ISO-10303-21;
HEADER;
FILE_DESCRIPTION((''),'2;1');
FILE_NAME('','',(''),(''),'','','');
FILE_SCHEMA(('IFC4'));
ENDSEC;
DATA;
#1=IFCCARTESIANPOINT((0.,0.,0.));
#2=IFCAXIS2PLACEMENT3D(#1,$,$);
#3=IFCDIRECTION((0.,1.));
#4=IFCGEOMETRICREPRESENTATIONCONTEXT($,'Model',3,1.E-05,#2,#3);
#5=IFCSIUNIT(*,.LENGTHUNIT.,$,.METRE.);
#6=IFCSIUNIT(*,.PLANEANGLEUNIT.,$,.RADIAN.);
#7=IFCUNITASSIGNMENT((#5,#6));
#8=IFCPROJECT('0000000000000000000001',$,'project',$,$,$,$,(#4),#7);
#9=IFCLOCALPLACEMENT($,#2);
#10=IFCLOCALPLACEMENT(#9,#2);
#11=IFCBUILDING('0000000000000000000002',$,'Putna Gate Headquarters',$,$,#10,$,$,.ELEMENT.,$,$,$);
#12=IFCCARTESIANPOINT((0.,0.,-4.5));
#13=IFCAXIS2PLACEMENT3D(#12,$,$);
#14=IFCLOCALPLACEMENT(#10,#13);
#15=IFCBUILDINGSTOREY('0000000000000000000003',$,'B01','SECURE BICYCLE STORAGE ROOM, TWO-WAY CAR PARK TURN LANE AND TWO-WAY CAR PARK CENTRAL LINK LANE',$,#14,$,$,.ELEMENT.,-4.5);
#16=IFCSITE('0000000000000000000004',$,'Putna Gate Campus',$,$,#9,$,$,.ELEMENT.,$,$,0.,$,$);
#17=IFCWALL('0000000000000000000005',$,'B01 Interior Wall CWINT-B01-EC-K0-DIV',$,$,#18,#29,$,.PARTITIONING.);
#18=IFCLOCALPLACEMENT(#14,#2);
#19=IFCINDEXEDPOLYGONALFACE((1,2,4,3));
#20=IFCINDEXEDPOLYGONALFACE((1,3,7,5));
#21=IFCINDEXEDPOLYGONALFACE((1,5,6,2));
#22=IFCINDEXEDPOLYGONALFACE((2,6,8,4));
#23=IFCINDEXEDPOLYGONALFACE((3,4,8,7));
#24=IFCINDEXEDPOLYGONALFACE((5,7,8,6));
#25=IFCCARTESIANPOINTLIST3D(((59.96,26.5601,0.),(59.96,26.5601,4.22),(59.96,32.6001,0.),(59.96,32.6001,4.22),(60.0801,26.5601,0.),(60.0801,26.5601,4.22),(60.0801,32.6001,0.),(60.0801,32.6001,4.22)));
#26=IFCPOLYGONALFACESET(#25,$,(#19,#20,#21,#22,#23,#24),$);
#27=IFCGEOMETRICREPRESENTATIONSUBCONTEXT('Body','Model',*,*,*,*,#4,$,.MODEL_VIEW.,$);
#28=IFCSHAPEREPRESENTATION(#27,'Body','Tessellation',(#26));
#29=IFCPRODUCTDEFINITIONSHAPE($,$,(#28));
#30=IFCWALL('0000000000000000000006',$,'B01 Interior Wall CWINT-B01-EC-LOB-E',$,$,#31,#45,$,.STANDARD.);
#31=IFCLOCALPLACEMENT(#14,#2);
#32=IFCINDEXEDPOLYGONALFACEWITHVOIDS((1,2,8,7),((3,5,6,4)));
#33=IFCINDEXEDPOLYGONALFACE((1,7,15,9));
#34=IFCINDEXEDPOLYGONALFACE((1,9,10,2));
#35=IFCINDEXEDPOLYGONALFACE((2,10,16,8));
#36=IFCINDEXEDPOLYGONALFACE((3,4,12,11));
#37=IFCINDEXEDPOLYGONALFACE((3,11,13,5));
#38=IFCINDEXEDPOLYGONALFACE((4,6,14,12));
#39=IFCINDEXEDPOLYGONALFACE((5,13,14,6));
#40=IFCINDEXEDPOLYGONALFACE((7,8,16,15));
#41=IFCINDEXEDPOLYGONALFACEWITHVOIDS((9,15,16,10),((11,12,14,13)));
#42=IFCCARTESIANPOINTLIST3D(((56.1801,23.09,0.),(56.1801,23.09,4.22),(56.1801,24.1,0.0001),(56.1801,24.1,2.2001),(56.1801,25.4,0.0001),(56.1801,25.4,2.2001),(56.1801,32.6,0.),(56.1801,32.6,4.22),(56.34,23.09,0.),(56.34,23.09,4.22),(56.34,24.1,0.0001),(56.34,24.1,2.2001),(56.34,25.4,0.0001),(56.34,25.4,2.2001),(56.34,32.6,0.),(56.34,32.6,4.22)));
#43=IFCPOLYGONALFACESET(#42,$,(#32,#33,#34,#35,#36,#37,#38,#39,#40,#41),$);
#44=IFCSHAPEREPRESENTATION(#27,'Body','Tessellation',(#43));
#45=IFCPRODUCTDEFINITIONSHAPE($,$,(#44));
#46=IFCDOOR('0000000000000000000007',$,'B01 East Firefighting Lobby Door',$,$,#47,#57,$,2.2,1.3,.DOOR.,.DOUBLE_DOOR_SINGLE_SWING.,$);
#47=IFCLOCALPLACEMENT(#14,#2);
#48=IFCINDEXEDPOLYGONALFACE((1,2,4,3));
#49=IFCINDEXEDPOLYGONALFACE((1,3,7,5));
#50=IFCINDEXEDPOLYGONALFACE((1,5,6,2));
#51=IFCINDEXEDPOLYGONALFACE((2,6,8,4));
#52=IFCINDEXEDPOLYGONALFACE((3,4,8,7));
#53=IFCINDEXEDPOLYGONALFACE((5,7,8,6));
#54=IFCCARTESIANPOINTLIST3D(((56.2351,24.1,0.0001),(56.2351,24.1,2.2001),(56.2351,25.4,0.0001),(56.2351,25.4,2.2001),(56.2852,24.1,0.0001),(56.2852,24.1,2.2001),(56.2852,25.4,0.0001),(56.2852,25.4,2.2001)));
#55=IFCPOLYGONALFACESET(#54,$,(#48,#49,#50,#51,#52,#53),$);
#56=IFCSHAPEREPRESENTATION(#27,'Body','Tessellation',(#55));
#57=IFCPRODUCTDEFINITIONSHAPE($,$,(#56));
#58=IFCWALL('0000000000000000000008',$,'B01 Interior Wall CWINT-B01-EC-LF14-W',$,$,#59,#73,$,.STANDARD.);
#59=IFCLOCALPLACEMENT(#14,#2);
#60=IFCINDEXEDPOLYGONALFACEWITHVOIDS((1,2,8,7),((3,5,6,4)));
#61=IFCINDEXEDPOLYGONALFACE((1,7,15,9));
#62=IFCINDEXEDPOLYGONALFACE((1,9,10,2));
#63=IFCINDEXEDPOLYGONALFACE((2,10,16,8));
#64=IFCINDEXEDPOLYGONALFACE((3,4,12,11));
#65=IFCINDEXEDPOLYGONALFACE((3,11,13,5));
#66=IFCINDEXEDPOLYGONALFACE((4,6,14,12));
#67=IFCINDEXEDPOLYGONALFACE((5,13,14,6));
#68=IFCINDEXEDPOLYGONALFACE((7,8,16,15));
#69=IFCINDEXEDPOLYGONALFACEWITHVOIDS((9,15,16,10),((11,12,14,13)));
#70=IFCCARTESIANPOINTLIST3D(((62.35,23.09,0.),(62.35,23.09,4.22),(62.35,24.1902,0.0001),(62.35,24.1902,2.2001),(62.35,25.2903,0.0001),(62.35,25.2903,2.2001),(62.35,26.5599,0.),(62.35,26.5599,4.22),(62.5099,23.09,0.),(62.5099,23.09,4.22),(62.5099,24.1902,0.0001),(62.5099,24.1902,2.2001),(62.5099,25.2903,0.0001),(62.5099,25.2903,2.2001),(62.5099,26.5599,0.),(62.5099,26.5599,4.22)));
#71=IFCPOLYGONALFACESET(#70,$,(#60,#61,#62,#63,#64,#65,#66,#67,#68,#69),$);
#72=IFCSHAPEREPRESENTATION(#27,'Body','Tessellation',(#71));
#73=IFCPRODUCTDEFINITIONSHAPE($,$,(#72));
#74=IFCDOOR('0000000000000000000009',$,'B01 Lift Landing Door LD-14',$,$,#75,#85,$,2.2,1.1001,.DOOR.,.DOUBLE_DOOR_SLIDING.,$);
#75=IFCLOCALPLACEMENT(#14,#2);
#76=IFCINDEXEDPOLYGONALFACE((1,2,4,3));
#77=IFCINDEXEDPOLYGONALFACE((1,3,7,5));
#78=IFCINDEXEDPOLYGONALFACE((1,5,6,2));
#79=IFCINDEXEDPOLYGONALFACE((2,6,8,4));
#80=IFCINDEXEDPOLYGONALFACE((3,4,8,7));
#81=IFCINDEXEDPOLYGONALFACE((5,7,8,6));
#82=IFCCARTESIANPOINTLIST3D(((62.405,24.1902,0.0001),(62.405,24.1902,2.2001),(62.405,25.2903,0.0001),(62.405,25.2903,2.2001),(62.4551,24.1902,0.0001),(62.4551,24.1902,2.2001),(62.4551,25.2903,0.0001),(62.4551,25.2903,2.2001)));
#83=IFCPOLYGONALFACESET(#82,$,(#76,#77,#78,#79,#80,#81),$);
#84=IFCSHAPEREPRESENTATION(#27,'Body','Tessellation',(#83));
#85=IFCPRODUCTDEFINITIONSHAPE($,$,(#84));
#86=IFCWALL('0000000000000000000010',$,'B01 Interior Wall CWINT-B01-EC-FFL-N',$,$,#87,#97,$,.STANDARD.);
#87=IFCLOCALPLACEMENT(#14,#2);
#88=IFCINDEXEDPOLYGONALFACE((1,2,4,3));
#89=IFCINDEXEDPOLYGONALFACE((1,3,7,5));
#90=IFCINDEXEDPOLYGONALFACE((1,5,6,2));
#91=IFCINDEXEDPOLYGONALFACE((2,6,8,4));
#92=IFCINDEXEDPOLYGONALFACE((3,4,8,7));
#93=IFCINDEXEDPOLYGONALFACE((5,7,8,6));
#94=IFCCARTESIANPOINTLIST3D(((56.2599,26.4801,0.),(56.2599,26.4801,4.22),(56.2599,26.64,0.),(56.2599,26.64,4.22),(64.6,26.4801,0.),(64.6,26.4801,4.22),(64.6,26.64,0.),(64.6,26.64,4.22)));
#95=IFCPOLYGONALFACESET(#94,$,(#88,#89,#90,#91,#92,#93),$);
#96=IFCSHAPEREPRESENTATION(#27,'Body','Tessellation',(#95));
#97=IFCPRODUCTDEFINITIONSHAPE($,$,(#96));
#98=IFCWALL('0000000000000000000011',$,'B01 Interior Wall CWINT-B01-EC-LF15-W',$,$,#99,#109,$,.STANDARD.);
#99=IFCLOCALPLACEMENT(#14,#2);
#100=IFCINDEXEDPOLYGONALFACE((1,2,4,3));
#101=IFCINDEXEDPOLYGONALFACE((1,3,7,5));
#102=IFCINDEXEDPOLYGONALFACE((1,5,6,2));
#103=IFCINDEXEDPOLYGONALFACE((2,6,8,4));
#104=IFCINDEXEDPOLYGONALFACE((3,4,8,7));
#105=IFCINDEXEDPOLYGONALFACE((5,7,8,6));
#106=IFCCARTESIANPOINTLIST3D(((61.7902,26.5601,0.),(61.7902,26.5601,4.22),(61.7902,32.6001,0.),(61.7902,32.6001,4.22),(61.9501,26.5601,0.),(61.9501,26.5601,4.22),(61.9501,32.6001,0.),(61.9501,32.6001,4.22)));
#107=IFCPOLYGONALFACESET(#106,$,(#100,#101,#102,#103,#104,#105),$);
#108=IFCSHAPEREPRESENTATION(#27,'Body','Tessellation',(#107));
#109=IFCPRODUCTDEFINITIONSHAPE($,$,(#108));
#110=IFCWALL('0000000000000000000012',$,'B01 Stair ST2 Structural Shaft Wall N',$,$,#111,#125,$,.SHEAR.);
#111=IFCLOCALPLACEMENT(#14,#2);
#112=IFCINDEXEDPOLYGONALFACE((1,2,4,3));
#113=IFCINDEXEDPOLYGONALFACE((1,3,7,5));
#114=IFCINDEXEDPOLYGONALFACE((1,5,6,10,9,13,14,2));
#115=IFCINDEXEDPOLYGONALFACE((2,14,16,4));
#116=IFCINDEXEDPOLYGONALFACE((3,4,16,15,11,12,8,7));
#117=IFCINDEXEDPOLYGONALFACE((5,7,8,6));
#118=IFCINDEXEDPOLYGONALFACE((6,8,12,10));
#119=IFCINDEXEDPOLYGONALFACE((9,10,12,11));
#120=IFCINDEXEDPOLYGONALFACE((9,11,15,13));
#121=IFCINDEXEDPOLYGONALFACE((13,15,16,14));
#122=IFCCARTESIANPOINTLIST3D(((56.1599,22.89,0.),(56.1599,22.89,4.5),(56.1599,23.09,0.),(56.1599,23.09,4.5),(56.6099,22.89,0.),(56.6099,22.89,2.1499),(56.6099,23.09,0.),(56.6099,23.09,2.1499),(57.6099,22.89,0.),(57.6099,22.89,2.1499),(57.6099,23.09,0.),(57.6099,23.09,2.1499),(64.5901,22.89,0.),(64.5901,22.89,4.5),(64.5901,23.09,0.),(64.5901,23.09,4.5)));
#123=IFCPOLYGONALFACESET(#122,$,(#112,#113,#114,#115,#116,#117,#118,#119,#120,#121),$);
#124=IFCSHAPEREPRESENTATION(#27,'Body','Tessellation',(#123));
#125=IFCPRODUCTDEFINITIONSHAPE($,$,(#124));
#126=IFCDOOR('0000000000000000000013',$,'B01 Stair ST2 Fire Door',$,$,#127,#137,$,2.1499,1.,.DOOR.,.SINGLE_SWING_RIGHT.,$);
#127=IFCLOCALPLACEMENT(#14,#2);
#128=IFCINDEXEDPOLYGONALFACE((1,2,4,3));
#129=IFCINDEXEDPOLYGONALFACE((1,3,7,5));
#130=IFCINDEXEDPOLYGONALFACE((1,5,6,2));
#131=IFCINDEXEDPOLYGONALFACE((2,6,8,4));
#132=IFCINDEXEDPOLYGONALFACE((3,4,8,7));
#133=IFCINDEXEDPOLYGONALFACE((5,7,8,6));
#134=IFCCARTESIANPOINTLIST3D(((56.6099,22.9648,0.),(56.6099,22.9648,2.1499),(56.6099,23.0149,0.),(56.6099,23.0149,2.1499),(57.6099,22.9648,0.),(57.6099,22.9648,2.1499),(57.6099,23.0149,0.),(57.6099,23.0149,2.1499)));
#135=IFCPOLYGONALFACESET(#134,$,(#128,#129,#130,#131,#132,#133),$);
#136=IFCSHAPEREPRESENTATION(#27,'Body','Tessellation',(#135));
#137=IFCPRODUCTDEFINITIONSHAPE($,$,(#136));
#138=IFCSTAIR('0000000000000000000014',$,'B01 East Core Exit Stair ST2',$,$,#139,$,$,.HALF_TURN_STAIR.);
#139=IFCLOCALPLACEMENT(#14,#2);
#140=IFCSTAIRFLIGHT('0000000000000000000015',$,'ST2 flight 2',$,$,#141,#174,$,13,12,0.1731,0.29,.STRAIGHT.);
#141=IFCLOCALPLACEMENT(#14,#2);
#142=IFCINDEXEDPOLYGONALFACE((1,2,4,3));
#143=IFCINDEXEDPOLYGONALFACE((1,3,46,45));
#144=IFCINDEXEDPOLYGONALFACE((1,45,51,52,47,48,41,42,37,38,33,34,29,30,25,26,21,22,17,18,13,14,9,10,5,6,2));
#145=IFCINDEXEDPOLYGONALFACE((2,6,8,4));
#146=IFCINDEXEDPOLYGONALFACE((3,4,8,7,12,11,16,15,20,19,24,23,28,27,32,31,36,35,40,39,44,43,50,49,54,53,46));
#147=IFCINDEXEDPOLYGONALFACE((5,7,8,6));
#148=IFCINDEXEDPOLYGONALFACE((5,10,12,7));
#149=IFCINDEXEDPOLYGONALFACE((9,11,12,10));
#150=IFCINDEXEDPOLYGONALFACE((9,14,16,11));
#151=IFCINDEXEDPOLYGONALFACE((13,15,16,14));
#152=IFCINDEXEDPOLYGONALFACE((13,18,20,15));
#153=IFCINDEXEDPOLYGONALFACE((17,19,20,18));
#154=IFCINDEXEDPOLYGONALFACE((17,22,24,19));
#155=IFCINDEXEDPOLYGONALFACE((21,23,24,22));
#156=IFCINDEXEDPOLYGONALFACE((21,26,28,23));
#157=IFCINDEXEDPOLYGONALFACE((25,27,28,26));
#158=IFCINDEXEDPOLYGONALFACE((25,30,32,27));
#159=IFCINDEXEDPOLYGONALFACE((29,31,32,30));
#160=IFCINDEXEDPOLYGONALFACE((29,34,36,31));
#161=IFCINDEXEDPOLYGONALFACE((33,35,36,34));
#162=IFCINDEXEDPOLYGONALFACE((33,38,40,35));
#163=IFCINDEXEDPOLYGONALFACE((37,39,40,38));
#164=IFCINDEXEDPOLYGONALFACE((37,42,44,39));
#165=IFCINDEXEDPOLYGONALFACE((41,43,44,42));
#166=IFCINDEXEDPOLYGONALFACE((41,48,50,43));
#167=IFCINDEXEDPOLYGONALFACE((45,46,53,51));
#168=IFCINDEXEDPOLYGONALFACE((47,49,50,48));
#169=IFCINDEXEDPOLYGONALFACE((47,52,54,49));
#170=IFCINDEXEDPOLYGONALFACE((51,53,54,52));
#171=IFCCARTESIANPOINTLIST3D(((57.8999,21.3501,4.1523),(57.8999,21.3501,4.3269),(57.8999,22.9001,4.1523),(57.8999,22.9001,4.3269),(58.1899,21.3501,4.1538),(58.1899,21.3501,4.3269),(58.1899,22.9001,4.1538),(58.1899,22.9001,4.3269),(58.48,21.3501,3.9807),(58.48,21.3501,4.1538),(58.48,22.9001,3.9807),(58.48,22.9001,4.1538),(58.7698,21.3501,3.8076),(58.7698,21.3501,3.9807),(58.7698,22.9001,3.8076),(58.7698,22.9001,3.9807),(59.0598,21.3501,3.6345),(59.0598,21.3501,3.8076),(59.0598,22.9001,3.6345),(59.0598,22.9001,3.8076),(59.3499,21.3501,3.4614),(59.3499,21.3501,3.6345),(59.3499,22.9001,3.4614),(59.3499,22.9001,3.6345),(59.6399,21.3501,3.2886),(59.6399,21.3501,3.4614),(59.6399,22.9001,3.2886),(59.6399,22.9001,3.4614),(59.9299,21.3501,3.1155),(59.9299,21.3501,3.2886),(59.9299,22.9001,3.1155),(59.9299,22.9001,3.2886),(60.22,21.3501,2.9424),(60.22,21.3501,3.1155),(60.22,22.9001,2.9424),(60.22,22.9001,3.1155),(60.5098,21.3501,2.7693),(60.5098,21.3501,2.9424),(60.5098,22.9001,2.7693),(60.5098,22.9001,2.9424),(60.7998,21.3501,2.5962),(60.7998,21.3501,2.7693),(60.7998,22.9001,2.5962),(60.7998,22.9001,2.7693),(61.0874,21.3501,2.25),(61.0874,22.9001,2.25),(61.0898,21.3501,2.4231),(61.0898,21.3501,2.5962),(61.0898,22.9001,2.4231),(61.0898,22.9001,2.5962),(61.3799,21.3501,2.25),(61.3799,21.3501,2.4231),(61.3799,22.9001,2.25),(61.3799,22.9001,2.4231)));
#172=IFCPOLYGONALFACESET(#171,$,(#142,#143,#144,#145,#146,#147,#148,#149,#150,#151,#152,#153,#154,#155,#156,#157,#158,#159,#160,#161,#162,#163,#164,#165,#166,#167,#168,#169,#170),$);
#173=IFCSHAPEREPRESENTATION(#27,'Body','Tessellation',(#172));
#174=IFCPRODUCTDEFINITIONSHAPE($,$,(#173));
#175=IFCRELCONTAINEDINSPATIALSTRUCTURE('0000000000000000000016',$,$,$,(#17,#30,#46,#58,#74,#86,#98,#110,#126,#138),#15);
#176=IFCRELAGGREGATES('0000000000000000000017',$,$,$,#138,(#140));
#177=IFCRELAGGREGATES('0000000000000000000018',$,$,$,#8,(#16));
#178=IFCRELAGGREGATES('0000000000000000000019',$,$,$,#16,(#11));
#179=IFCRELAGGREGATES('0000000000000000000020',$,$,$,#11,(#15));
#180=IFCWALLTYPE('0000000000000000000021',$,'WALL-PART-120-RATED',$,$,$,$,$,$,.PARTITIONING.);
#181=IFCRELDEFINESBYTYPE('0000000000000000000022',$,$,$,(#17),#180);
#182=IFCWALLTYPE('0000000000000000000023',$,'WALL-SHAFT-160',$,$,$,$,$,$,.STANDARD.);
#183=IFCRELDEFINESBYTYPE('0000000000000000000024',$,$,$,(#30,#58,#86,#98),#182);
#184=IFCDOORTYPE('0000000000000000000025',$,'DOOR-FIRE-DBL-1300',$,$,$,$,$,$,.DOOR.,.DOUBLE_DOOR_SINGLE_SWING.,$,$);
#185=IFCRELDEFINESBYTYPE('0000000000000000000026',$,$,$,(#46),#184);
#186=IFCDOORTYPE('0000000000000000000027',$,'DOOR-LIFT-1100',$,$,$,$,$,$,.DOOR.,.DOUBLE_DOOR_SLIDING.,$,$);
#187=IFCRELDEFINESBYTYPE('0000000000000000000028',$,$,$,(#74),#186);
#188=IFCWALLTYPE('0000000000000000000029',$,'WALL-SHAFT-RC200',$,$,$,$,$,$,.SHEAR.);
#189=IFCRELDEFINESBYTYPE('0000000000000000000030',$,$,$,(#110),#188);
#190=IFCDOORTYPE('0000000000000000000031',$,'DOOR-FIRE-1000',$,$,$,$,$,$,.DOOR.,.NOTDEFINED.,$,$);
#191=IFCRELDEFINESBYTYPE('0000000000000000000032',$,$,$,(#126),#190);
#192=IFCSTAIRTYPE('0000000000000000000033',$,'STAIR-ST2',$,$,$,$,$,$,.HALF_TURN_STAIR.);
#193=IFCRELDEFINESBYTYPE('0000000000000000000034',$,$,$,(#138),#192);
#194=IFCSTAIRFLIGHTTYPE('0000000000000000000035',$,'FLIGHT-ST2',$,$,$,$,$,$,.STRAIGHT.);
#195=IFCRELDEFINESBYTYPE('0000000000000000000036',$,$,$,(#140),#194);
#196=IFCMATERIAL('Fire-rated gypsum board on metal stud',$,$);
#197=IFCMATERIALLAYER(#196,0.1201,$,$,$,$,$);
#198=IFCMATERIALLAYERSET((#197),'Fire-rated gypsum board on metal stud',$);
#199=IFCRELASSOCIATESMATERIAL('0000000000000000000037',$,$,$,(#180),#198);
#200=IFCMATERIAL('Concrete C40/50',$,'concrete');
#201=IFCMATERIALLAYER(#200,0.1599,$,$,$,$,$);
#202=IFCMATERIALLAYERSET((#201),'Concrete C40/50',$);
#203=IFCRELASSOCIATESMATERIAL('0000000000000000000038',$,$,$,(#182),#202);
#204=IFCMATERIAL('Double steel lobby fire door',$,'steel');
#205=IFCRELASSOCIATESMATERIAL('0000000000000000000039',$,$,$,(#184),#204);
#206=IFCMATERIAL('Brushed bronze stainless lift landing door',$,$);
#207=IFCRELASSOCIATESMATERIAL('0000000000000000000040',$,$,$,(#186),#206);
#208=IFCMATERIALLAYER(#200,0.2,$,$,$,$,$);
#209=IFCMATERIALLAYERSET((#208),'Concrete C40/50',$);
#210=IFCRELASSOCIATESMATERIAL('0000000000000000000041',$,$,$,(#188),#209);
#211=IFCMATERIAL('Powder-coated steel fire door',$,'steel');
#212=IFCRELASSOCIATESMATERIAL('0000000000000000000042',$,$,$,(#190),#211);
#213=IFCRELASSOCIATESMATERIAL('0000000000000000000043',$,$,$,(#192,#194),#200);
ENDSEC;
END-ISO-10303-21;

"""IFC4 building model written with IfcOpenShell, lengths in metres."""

from ifc_helpers import new_model, si_unit, direction, frame, frame_2d, origin, place, context, subcontext, project, spatial, polyline, rectangle, outline, extrude, material, layer, layer_set, type_object, element, fill, aggregate, save


model = new_model("IFC4")

# Units and contexts
model_context = context("Model", 3, precision=1e-05, world=origin(), true_north=direction((0.0, 1.0)))
body_context = subcontext(model_context, "Body", "Model", "MODEL_VIEW")
ifc_project = project(units=[si_unit("LENGTHUNIT", "METRE"), si_unit("PLANEANGLEUNIT", "RADIAN")], contexts=[model_context])

# Site, building, storey
site_placement = place(None, origin())
site = spatial("IfcSite", under=ifc_project, at=site_placement, Name="Putna Gate Campus", CompositionType="ELEMENT", RefElevation=0.0)
building_placement = place(site_placement, origin())
building = spatial("IfcBuilding", under=site, at=building_placement, Name="Putna Gate Headquarters", CompositionType="ELEMENT")
storey_placement = place(building_placement, frame((0.0, 0.0, -4.5)))
storey = spatial("IfcBuildingStorey", under=building, at=storey_placement, Name="B01", Description="SECURE BICYCLE STORAGE ROOM, TWO-WAY CAR PARK TURN LANE AND TWO-WAY CAR PARK CENTRAL LINK LANE", CompositionType="ELEMENT", Elevation=-4.5)

# Wall
ifc_material_1 = material(Name="Fire-rated gypsum board on metal stud")
ifc_layer_1 = layer(ifc_material_1, 0.1201)
ifc_layer_set_1 = layer_set([ifc_layer_1], Name="Fire-rated gypsum board on metal stud")
wall_type_1 = type_object("IfcWallType", Name="WALL-PART-120-RATED", PredefinedType="PARTITIONING", material=ifc_layer_set_1)
wall_1_placement = place(storey_placement, frame((60.02, 26.5601, 0.0), z_axis=(0.0, 0.0, 1.0), x_axis=(0.0, 1.0, 0.0)))
element("IfcWall", 1, at=wall_1_placement, inside=storey, type_object=wall_type_1, Name="B01 Interior Wall CWINT-B01-EC-K0-DIV", PredefinedType="PARTITIONING", context=body_context, shape_type="SweptSolid", body=[
    extrude(rectangle(XDim=6.04, YDim=0.1201, at=frame_2d((3.02, 0.0))), origin(), (0.0, 0.0, 1.0), 4.22),
])

# Walls, openings, doors
ifc_material_2 = material(Name="Concrete C40/50", Category="concrete")
ifc_layer_2 = layer(ifc_material_2, 0.1599)
ifc_layer_set_2 = layer_set([ifc_layer_2], Name="Concrete C40/50")
wall_type_2 = type_object("IfcWallType", Name="WALL-SHAFT-160", PredefinedType="STANDARD", material=ifc_layer_set_2)
wall_2_placement = place(storey_placement, frame((56.26, 23.0901, 0.0), z_axis=(0.0, 0.0, 1.0), x_axis=(0.0, 1.0, 0.0)))
wall_2 = element("IfcWall", 2, at=wall_2_placement, inside=storey, type_object=wall_type_2, Name="B01 Interior Wall CWINT-B01-EC-LOB-E", PredefinedType="STANDARD", context=body_context, shape_type="SweptSolid", body=[
    extrude(rectangle(XDim=9.51, YDim=0.1599, at=frame_2d((4.7549, 0.0))), origin(), (0.0, 0.0, 1.0), 4.22),
])
opening_1_placement = place(wall_2_placement, frame((1.01, 0.0, 0.0)))
opening_1 = element("IfcOpeningElement", 3, at=opening_1_placement, cuts=wall_2, PredefinedType="OPENING", context=body_context, shape_type="SweptSolid", body=[
    extrude(rectangle(XDim=1.3, YDim=2.2, at=frame_2d((0.6499, 1.1001))), frame((0.0, 0.0898, 0.0), z_axis=(0.0, -1.0, 0.0), x_axis=(1.0, 0.0, 0.0)), (0.0, 0.0, 1.0), 0.1799),
])
ifc_material_3 = material(Name="Double steel lobby fire door", Category="steel")
door_type_1 = type_object("IfcDoorType", Name="DOOR-FIRE-DBL-1300", OperationType="DOUBLE_DOOR_SINGLE_SWING", PredefinedType="DOOR", material=ifc_material_3)
door_1_placement = place(opening_1_placement, origin())
door_1 = element("IfcDoor", 4, at=door_1_placement, inside=storey, type_object=door_type_1, Name="B01 East Firefighting Lobby Door", OperationType="DOUBLE_DOOR_SINGLE_SWING", OverallHeight=2.2, OverallWidth=1.3, PredefinedType="DOOR", context=body_context, shape_type="SweptSolid", body=[
    extrude(rectangle(XDim=1.3, YDim=2.2, at=frame_2d((0.6499, 1.1001))), frame((0.0, 0.0249, 0.0), z_axis=(0.0, -1.0, 0.0), x_axis=(1.0, 0.0, 0.0)), (0.0, 0.0, 1.0), 0.05),
])
fill(opening_1, door_1)
wall_3_placement = place(storey_placement, frame((62.4299, 23.0901, 0.0), z_axis=(0.0, 0.0, 1.0), x_axis=(0.0, 1.0, 0.0)))
wall_3 = element("IfcWall", 5, at=wall_3_placement, inside=storey, type_object=wall_type_2, Name="B01 Interior Wall CWINT-B01-EC-LF14-W", PredefinedType="STANDARD", context=body_context, shape_type="SweptSolid", body=[
    extrude(rectangle(XDim=3.47, YDim=0.1599, at=frame_2d((1.7349, 0.0))), origin(), (0.0, 0.0, 1.0), 4.22),
])
opening_2_placement = place(wall_3_placement, frame((1.1001, 0.0, 0.0)))
opening_2 = element("IfcOpeningElement", 6, at=opening_2_placement, cuts=wall_3, PredefinedType="OPENING", context=body_context, shape_type="SweptSolid", body=[
    extrude(rectangle(XDim=1.1001, YDim=2.2, at=frame_2d((0.55, 1.1001))), frame((0.0, 0.0898, 0.0), z_axis=(0.0, -1.0, 0.0), x_axis=(1.0, 0.0, 0.0)), (0.0, 0.0, 1.0), 0.1799),
])
ifc_material_4 = material(Name="Brushed bronze stainless lift landing door")
door_type_2 = type_object("IfcDoorType", Name="DOOR-LIFT-1100", OperationType="DOUBLE_DOOR_SLIDING", PredefinedType="DOOR", material=ifc_material_4)
door_2_placement = place(opening_2_placement, origin())
door_2 = element("IfcDoor", 7, at=door_2_placement, inside=storey, type_object=door_type_2, Name="B01 Lift Landing Door LD-14", OperationType="DOUBLE_DOOR_SLIDING", OverallHeight=2.2, OverallWidth=1.1001, PredefinedType="DOOR", context=body_context, shape_type="SweptSolid", body=[
    extrude(rectangle(XDim=1.1001, YDim=2.2, at=frame_2d((0.55, 1.1001))), frame((0.0, 0.0249, 0.0), z_axis=(0.0, -1.0, 0.0), x_axis=(1.0, 0.0, 0.0)), (0.0, 0.0, 1.0), 0.05),
])
fill(opening_2, door_2)

# Walls
wall_4_placement = place(storey_placement, frame((56.26, 26.5601, 0.0), z_axis=(0.0, 0.0, 1.0), x_axis=(1.0, 0.0, 0.0)))
element("IfcWall", 8, at=wall_4_placement, inside=storey, type_object=wall_type_2, Name="B01 Interior Wall CWINT-B01-EC-FFL-N", PredefinedType="STANDARD", context=body_context, shape_type="SweptSolid", body=[
    extrude(rectangle(XDim=8.3401, YDim=0.1599, at=frame_2d((4.1699, 0.0))), origin(), (0.0, 0.0, 1.0), 4.22),
])
wall_5_placement = place(storey_placement, frame((61.8701, 26.5601, 0.0), z_axis=(0.0, 0.0, 1.0), x_axis=(0.0, 1.0, 0.0)))
element("IfcWall", 9, at=wall_5_placement, inside=storey, type_object=wall_type_2, Name="B01 Interior Wall CWINT-B01-EC-LF15-W", PredefinedType="STANDARD", context=body_context, shape_type="SweptSolid", body=[
    extrude(rectangle(XDim=6.04, YDim=0.1599, at=frame_2d((3.02, 0.0))), origin(), (0.0, 0.0, 1.0), 4.22),
])

# Wall, opening, door
ifc_layer_3 = layer(ifc_material_2, 0.2)
ifc_layer_set_3 = layer_set([ifc_layer_3], Name="Concrete C40/50")
wall_type_3 = type_object("IfcWallType", Name="WALL-SHAFT-RC200", PredefinedType="SHEAR", material=ifc_layer_set_3)
wall_6_placement = place(storey_placement, frame((56.1599, 22.99, 0.0), z_axis=(0.0, 0.0, 1.0), x_axis=(1.0, 0.0, 0.0)))
wall_6 = element("IfcWall", 10, at=wall_6_placement, inside=storey, type_object=wall_type_3, Name="B01 Stair ST2 Structural Shaft Wall N", PredefinedType="SHEAR", context=body_context, shape_type="SweptSolid", body=[
    extrude(rectangle(XDim=8.4302, YDim=0.2, at=frame_2d((4.2151, 0.0))), origin(), (0.0, 0.0, 1.0), 4.5),
])
opening_3_placement = place(wall_6_placement, frame((0.45, 0.0, 0.0)))
opening_3 = element("IfcOpeningElement", 11, at=opening_3_placement, cuts=wall_6, PredefinedType="OPENING", context=body_context, shape_type="SweptSolid", body=[
    extrude(rectangle(XDim=1.0, YDim=2.1499, at=frame_2d((0.5, 1.075))), frame((0.0, 0.1099, 0.0), z_axis=(0.0, -1.0, 0.0), x_axis=(1.0, 0.0, 0.0)), (0.0, 0.0, 1.0), 0.22),
])
ifc_material_5 = material(Name="Powder-coated steel fire door", Category="steel")
door_type_3 = type_object("IfcDoorType", Name="DOOR-FIRE-1000", OperationType="NOTDEFINED", PredefinedType="DOOR", material=ifc_material_5)
door_3_placement = place(opening_3_placement, origin())
door_3 = element("IfcDoor", 12, at=door_3_placement, inside=storey, type_object=door_type_3, Name="B01 Stair ST2 Fire Door", OperationType="SINGLE_SWING_RIGHT", OverallHeight=2.1499, OverallWidth=1.0, PredefinedType="DOOR", context=body_context, shape_type="SweptSolid", body=[
    extrude(rectangle(XDim=1.0, YDim=2.1499, at=frame_2d((0.5, 1.075))), frame((0.0, 0.0249, 0.0), z_axis=(0.0, -1.0, 0.0), x_axis=(1.0, 0.0, 0.0)), (0.0, 0.0, 1.0), 0.05),
])
fill(opening_3, door_3)

# Stair, stair flight
stair_type = type_object("IfcStairType", Name="STAIR-ST2", PredefinedType="HALF_TURN_STAIR", material=ifc_material_2)
stair_placement = place(storey_placement, origin())
stair = element("IfcStair", 13, at=stair_placement, inside=storey, type_object=stair_type, Name="B01 East Core Exit Stair ST2", PredefinedType="HALF_TURN_STAIR")
stair_flight_type = type_object("IfcStairFlightType", Name="FLIGHT-ST2", PredefinedType="STRAIGHT", material=ifc_material_2)
stair_flight_placement = place(storey_placement, frame((61.3799, 22.125, 2.25), z_axis=(0.0, 0.0, 1.0), x_axis=(-1.0, 0.0, 0.0)))
stair_flight = element("IfcStairFlight", 14, at=stair_flight_placement, type_object=stair_flight_type, Name="ST2 flight 2", NumberOfRisers=13, NumberOfTreads=12, PredefinedType="STRAIGHT", RiserHeight=0.1731, TreadLength=0.29, context=body_context, shape_type="SweptSolid", body=[
    extrude(outline(polyline([(0.0, 0.0), (0.0, 0.1731), (0.29, 0.1731), (0.29, 0.3462), (0.5801, 0.3462), (0.5801, 0.5193), (0.8701, 0.5193), (0.8701, 0.6924), (1.1599, 0.6924), (1.1599, 0.8655), (1.45, 0.8655), (1.45, 1.0386), (1.74, 1.0386), (1.74, 1.2114), (2.03, 1.2114), (2.03, 1.3845), (2.3201, 1.3845), (2.3201, 1.5576), (2.6101, 1.5576), (2.6101, 1.7307), (2.8999, 1.7307), (2.8999, 1.9038), (3.1899, 1.9038), (3.1899, 2.0769), (3.48, 2.0769), (3.48, 2.25), (3.48, 1.9023), (0.2925, 0.0), (0.0, 0.0)])), frame((0.0, 0.7749, 0.0), z_axis=(0.0, -1.0, 0.0), x_axis=(1.0, 0.0, 0.0)), (0.0, 0.0, 1.0), 1.55),
])
aggregate(stair, [stair_flight])

save(model, "model.ifc")
